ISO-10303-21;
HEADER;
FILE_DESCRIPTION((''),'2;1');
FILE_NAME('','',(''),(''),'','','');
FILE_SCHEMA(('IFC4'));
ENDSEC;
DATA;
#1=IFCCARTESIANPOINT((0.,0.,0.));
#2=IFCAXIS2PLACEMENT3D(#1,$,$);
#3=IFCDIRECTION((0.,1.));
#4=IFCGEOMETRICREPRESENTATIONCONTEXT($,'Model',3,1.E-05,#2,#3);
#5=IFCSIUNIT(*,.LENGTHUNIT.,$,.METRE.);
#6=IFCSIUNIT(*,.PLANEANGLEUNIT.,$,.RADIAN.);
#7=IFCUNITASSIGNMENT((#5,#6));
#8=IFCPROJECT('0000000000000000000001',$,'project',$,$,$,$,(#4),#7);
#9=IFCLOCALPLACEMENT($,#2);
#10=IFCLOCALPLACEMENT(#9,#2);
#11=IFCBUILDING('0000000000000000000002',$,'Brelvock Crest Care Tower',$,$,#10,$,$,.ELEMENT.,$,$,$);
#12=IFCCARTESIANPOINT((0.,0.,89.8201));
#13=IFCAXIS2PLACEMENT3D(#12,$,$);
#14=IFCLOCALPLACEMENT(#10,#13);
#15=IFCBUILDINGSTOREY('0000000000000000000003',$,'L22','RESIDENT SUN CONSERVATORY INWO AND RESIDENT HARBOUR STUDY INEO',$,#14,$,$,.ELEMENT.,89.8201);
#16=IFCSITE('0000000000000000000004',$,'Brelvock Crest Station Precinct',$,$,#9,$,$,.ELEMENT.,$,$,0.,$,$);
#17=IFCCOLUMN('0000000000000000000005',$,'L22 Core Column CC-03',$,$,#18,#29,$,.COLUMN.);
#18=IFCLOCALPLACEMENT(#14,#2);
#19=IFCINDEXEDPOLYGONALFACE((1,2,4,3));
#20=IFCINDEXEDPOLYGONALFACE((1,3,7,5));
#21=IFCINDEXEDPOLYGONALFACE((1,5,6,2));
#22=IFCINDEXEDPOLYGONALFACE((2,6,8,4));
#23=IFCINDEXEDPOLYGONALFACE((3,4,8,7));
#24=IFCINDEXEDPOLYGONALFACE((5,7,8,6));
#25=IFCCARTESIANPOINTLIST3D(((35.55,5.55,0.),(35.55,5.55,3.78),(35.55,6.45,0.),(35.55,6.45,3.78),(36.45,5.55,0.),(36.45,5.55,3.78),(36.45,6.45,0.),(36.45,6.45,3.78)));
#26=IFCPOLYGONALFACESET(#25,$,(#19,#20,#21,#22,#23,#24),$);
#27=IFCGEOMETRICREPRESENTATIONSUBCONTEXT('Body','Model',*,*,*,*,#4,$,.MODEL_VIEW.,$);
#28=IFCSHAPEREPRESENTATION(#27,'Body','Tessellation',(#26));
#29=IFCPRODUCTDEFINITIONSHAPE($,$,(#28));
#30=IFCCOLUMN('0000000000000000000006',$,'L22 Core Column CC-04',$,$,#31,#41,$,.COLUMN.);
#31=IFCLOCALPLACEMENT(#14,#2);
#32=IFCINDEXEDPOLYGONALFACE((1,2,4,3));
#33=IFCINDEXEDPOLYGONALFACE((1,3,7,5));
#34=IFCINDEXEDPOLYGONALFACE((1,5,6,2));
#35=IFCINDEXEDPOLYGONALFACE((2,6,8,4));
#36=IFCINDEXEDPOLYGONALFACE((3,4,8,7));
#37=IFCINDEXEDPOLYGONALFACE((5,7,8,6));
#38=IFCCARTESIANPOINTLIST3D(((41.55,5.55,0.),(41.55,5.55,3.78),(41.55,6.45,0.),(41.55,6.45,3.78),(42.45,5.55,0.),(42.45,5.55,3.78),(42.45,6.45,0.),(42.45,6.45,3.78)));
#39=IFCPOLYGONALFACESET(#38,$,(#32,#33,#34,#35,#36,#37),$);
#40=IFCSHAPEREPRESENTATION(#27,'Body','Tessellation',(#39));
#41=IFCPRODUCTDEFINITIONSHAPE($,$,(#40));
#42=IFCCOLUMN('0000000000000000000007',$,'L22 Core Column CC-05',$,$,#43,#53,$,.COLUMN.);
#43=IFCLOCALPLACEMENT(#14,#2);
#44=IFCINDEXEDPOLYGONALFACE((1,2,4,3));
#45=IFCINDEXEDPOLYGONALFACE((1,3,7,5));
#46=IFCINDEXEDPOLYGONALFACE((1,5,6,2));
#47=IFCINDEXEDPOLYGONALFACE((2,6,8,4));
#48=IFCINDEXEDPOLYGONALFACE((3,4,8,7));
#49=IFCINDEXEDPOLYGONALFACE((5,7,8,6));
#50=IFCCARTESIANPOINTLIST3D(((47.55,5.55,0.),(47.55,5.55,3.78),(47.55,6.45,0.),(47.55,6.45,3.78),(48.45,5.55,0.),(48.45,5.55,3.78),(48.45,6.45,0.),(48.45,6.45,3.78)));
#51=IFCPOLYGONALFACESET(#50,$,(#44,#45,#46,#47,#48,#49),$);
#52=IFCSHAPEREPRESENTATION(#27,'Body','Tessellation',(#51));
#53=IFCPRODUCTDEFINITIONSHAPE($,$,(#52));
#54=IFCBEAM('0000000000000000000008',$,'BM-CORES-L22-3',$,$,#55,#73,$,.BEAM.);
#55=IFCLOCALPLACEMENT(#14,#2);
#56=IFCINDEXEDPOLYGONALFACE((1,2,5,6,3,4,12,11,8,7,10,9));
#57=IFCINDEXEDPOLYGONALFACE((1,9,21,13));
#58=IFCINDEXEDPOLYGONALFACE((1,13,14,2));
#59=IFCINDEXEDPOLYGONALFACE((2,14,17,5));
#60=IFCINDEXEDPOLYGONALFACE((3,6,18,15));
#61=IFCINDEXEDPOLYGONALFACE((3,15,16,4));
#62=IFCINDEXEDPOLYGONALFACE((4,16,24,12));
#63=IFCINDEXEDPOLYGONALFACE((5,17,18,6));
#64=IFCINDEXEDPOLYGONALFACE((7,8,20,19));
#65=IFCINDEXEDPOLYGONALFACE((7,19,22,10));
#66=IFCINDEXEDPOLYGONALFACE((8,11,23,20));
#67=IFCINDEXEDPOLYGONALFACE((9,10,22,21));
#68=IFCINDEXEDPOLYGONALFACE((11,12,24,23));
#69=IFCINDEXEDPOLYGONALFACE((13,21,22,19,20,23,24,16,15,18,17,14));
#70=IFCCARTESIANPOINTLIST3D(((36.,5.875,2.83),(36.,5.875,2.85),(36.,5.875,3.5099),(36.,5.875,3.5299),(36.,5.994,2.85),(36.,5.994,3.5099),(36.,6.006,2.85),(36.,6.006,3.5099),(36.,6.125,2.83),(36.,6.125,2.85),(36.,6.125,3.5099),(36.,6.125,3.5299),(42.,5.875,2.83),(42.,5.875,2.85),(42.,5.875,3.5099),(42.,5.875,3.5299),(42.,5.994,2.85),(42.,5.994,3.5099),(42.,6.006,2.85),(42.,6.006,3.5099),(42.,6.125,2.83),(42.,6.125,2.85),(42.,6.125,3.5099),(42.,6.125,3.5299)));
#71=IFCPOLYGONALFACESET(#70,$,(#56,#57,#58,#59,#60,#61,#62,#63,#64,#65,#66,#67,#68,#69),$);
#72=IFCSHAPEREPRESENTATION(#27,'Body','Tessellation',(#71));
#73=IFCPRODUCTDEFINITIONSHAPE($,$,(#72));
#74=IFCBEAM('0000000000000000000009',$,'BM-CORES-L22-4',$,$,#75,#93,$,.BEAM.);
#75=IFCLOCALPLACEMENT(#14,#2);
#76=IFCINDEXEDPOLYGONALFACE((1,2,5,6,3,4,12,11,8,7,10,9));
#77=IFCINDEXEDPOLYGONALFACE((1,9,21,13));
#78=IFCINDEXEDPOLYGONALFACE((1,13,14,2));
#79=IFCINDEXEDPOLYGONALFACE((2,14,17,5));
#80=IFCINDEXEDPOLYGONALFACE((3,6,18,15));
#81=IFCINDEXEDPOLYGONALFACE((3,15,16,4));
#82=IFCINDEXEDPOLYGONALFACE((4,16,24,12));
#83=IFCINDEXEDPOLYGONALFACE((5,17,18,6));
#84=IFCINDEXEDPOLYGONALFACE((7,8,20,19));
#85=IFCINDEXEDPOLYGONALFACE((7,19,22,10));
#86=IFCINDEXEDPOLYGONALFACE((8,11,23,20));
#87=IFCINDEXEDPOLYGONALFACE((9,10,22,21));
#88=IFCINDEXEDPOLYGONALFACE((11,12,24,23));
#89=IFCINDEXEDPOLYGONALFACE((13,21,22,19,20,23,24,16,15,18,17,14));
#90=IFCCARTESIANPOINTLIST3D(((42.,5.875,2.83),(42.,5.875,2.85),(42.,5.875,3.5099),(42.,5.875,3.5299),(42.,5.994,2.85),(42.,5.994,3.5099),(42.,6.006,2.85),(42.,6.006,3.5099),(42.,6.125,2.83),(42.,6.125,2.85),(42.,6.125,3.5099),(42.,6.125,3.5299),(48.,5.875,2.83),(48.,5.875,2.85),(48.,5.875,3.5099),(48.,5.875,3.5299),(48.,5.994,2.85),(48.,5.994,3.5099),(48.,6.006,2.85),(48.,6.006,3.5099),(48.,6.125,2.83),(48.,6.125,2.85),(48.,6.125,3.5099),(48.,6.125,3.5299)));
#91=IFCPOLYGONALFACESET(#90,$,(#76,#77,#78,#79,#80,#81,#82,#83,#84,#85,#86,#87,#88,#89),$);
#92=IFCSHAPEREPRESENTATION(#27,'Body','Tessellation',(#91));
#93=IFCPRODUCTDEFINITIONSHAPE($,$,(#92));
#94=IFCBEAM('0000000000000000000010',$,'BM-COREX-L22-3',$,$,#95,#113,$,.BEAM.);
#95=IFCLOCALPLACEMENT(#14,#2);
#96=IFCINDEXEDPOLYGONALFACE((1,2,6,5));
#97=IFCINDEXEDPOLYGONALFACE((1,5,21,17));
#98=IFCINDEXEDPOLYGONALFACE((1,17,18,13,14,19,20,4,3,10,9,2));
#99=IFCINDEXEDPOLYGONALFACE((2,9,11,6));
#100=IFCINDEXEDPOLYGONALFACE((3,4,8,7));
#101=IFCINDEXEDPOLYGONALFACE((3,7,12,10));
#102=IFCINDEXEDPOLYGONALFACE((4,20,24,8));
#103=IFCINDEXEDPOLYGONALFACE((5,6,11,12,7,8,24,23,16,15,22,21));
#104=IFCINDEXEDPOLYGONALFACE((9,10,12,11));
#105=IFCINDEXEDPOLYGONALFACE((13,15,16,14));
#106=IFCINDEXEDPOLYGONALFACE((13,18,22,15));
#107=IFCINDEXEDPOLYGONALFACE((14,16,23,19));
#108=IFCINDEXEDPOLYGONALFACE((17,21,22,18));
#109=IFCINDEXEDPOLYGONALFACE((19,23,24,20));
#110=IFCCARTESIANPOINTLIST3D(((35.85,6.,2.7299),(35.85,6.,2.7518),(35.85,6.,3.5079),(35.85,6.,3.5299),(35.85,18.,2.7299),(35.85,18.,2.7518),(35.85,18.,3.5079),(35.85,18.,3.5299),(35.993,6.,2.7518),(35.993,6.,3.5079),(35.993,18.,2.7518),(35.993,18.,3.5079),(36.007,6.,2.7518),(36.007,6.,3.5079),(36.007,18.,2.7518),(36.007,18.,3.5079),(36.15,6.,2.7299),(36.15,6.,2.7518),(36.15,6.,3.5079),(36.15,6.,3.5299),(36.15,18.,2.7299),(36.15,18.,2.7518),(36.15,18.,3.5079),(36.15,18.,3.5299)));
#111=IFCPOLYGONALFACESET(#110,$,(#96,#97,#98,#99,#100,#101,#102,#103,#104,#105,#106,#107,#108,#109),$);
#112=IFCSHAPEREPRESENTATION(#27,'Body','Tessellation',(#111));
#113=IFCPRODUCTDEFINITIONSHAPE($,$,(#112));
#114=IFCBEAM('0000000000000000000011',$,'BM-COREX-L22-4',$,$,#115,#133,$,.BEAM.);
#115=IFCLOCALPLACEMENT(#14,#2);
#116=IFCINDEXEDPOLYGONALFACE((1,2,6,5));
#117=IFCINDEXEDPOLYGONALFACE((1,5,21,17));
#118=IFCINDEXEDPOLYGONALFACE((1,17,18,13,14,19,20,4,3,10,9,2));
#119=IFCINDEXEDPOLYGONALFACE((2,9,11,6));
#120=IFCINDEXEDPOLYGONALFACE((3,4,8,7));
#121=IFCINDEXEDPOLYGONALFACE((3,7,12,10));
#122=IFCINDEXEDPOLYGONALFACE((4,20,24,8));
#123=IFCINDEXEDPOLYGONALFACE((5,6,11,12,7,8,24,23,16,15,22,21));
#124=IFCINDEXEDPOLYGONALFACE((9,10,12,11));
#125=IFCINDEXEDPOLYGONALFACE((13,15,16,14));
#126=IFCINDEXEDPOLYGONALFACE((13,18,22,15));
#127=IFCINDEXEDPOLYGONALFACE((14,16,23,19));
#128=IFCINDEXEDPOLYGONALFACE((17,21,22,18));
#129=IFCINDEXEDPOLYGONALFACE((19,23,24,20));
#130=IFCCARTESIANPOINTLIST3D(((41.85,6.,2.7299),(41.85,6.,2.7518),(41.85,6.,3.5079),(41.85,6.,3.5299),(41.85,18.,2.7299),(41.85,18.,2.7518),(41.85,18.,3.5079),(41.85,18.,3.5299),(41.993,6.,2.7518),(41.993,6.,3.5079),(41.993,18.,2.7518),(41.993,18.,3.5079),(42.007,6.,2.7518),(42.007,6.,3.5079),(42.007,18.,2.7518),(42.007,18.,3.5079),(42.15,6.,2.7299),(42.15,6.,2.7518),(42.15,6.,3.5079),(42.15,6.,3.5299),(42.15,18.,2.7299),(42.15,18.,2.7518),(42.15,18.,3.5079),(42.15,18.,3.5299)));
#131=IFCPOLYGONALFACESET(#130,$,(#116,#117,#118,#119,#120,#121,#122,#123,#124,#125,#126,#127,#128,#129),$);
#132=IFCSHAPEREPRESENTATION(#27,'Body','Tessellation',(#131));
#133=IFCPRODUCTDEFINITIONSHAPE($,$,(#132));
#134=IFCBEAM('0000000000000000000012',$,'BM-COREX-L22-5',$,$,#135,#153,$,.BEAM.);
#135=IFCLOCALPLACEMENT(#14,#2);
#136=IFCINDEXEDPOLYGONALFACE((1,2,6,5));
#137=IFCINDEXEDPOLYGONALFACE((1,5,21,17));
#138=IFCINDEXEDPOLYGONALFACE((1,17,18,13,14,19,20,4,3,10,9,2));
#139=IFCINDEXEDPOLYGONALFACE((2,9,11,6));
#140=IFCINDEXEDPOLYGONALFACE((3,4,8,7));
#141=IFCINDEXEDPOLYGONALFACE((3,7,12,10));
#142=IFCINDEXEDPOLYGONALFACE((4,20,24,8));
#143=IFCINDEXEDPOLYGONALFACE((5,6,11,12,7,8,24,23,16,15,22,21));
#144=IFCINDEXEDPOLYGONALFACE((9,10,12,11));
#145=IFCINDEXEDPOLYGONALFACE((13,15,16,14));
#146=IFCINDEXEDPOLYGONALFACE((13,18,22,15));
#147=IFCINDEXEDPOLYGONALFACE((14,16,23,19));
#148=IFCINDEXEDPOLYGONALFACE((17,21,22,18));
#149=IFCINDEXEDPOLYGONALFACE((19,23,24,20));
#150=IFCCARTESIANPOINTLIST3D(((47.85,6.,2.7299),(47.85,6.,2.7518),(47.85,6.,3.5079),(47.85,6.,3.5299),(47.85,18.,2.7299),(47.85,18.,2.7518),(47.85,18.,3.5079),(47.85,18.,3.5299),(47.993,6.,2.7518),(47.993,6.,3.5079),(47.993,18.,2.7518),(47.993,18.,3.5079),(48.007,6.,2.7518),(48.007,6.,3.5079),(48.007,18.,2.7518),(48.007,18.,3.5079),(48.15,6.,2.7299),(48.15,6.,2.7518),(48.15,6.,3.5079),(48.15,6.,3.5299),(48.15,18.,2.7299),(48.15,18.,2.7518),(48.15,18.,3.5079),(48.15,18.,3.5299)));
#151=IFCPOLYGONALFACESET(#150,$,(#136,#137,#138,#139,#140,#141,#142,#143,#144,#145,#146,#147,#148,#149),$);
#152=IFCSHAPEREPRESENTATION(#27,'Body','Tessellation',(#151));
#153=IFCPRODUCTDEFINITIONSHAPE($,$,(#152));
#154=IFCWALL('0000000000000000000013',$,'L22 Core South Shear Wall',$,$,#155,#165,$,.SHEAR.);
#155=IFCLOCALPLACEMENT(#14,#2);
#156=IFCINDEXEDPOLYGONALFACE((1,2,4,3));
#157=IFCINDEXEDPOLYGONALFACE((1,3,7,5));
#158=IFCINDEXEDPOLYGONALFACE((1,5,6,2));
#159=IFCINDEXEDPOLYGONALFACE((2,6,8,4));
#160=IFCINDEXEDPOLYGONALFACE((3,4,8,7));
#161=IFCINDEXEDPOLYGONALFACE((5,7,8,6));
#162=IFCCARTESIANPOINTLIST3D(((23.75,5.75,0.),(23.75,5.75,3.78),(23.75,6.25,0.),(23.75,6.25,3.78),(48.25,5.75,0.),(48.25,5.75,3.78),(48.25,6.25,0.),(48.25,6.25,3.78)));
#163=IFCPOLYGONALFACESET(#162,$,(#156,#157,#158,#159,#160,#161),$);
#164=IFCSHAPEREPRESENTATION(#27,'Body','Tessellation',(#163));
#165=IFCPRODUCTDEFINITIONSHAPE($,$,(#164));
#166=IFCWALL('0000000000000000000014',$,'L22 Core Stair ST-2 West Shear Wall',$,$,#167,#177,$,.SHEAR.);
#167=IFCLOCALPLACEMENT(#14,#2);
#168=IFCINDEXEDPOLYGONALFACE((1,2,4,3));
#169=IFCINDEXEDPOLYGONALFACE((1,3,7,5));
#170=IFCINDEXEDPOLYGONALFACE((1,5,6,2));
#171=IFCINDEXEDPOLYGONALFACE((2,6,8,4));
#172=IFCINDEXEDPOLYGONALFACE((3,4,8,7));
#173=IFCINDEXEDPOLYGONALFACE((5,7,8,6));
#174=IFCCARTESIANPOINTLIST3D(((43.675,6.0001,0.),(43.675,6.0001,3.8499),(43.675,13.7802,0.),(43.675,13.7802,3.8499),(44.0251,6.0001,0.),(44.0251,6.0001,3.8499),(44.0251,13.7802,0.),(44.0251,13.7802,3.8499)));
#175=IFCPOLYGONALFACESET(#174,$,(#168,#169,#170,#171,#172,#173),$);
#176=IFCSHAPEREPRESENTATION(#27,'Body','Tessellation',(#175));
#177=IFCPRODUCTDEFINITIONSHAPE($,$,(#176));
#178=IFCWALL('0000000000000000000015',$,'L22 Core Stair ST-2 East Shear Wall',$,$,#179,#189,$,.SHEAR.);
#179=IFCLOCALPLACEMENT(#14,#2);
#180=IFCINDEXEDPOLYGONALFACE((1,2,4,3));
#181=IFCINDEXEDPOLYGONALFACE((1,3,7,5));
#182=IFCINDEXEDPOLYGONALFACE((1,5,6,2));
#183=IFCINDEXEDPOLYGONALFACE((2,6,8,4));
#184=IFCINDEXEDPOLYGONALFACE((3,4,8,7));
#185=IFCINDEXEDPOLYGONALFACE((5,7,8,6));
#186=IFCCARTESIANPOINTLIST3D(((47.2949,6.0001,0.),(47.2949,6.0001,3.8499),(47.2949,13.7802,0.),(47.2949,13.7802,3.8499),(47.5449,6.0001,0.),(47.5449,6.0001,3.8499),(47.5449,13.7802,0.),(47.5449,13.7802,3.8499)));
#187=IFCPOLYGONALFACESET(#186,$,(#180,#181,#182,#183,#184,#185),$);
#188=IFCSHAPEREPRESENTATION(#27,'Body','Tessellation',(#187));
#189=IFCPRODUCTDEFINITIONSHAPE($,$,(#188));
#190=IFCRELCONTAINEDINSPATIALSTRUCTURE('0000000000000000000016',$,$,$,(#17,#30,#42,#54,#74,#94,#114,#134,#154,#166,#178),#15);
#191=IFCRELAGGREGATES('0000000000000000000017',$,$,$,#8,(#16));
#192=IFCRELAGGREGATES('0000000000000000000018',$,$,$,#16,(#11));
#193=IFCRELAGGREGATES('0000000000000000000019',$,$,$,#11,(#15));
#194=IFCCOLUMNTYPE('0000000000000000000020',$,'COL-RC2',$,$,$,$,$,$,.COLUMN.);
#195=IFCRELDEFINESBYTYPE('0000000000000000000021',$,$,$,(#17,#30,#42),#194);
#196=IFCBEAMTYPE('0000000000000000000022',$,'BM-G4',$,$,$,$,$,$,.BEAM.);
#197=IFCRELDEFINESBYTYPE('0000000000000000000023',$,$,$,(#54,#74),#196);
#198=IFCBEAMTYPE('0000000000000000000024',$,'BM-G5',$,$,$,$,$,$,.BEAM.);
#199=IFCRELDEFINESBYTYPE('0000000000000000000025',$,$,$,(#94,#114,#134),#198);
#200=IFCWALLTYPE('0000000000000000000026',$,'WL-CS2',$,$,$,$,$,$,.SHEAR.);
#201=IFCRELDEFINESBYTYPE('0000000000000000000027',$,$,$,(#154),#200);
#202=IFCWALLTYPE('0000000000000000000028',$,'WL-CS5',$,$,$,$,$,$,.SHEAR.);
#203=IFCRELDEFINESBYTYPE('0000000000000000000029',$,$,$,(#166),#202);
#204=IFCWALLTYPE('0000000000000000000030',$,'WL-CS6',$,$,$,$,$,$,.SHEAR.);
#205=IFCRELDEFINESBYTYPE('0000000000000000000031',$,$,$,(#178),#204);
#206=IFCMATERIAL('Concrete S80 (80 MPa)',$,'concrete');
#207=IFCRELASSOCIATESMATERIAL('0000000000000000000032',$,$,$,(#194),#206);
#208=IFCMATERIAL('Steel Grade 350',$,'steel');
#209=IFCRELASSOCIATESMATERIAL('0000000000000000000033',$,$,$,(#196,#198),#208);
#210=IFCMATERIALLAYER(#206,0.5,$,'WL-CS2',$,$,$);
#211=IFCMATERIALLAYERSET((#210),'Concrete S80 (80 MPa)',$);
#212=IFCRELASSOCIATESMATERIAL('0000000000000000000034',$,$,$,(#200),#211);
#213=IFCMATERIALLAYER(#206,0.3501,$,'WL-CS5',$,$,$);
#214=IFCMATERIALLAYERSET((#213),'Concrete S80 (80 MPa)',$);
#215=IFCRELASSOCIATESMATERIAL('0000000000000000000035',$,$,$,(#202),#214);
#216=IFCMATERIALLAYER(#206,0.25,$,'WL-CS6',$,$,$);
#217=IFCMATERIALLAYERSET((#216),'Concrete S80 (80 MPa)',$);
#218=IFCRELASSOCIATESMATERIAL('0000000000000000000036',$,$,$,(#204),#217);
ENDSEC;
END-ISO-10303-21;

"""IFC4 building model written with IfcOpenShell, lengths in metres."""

from ifc_helpers import new_model, si_unit, direction, frame, frame_2d, origin, origin_2d, place, context, subcontext, project, spatial, rectangle, i_section, extrude, source, transform, mapped, material, layer, layer_set, material_profile, profile_set, type_object, element, save


model = new_model("IFC4")

# Units and contexts
model_context = context("Model", 3, precision=1e-05, world=origin(), true_north=direction((0.0, 1.0)))
body_context = subcontext(model_context, "Body", "Model", "MODEL_VIEW")
ifc_project = project(units=[si_unit("LENGTHUNIT", "METRE"), si_unit("PLANEANGLEUNIT", "RADIAN")], contexts=[model_context])

# Site, building, storey
site_placement = place(None, origin())
site = spatial("IfcSite", under=ifc_project, at=site_placement, Name="Brelvock Crest Station Precinct", CompositionType="ELEMENT", RefElevation=0.0)
building_placement = place(site_placement, origin())
building = spatial("IfcBuilding", under=site, at=building_placement, Name="Brelvock Crest Care Tower", CompositionType="ELEMENT")
storey_placement = place(building_placement, frame((0.0, 0.0, 89.8201)))
storey = spatial("IfcBuildingStorey", under=building, at=storey_placement, Name="L22", Description="RESIDENT SUN CONSERVATORY INWO AND RESIDENT HARBOUR STUDY INEO", CompositionType="ELEMENT", Elevation=89.8201)

# Columns
ifc_material_1 = material(Name="Concrete S80 (80 MPa)", Category="concrete")
ifc_material_profile_1 = material_profile(ifc_material_1, rectangle(XDim=0.8999, YDim=0.8999, at=origin_2d()), Name="RC900x900")
ifc_profile_set_1 = profile_set([ifc_material_profile_1], Name="Concrete S80 (80 MPa)")
column_type = type_object("IfcColumnType", Name="COL-RC2", PredefinedType="COLUMN", material=ifc_profile_set_1)
shared_shape_1 = source(origin(), body_context, "Body", "SweptSolid", [
    extrude(rectangle(XDim=0.8999, YDim=0.8999, at=origin_2d()), origin(), (0.0, 0.0, 1.0), 3.78),
])
for number, where, z_axis, x_axis, name in (
    (1, (36.0, 6.0, 0.0), (0.0, 0.0, 1.0), (1.0, 0.0, 0.0), "L22 Core Column CC-03"),
    (2, (42.0, 6.0, 0.0), (0.0, 0.0, 1.0), (1.0, 0.0, 0.0), "L22 Core Column CC-04"),
    (3, (48.0, 6.0, 0.0), (0.0, 0.0, 1.0), (1.0, 0.0, 0.0), "L22 Core Column CC-05"),
):
    element("IfcColumn", number, at=place(storey_placement, frame(where, z_axis=z_axis, x_axis=x_axis)), inside=storey, type_object=column_type, Name=name, PredefinedType="COLUMN", context=body_context, shape_type="MappedRepresentation", body=[
        mapped(shared_shape_1, transform((0.0, 0.0, 0.0), x_axis=(1.0, 0.0, 0.0), y_axis=(0.0, 1.0, 0.0), z_axis=(0.0, 0.0, 1.0), scale=1.0)),
    ])

# Beams
ifc_material_2 = material(Name="Steel Grade 350", Category="steel")
ifc_material_profile_2 = material_profile(ifc_material_2, i_section(OverallWidth=0.25, OverallDepth=0.7, WebThickness=0.012, FlangeThickness=0.02, at=origin_2d()), Name="700WB150")
ifc_profile_set_2 = profile_set([ifc_material_profile_2], Name="Steel Grade 350")
beam_type_1 = type_object("IfcBeamType", Name="BM-G4", PredefinedType="BEAM", material=ifc_profile_set_2)
shared_shape_2 = source(origin(), body_context, "Body", "SweptSolid", [
    extrude(i_section(OverallWidth=0.25, OverallDepth=0.7, WebThickness=0.012, FlangeThickness=0.02, at=origin_2d()), origin(), (0.0, 0.0, 1.0), 6.0),
])
for number, where, z_axis, x_axis, name in (
    (4, (36.0, 6.0, 3.1799), (1.0, 0.0, 0.0), (0.0, 1.0, 0.0), "BM-CORES-L22-3"),
    (5, (42.0, 6.0, 3.1799), (1.0, 0.0, 0.0), (0.0, 1.0, 0.0), "BM-CORES-L22-4"),
):
    element("IfcBeam", number, at=place(storey_placement, frame(where, z_axis=z_axis, x_axis=x_axis)), inside=storey, type_object=beam_type_1, Name=name, PredefinedType="BEAM", context=body_context, shape_type="MappedRepresentation", body=[
        mapped(shared_shape_2, transform((0.0, 0.0, 0.0), x_axis=(1.0, 0.0, 0.0), y_axis=(0.0, 1.0, 0.0), z_axis=(0.0, 0.0, 1.0), scale=1.0)),
    ])
ifc_material_profile_3 = material_profile(ifc_material_2, i_section(OverallWidth=0.3, OverallDepth=0.8, WebThickness=0.0139, FlangeThickness=0.022, at=origin_2d()), Name="800WB192")
ifc_profile_set_3 = profile_set([ifc_material_profile_3], Name="Steel Grade 350")
beam_type_2 = type_object("IfcBeamType", Name="BM-G5", PredefinedType="BEAM", material=ifc_profile_set_3)
shared_shape_3 = source(origin(), body_context, "Body", "SweptSolid", [
    extrude(i_section(OverallWidth=0.3, OverallDepth=0.8, WebThickness=0.0139, FlangeThickness=0.022, at=origin_2d()), origin(), (0.0, 0.0, 1.0), 12.0),
])
for number, where, z_axis, x_axis, name in (
    (6, (36.0, 6.0, 3.1299), (0.0, 1.0, 0.0), (-1.0, 0.0, 0.0), "BM-COREX-L22-3"),
    (7, (42.0, 6.0, 3.1299), (0.0, 1.0, 0.0), (-1.0, 0.0, 0.0), "BM-COREX-L22-4"),
    (8, (48.0, 6.0, 3.1299), (0.0, 1.0, 0.0), (-1.0, 0.0, 0.0), "BM-COREX-L22-5"),
):
    element("IfcBeam", number, at=place(storey_placement, frame(where, z_axis=z_axis, x_axis=x_axis)), inside=storey, type_object=beam_type_2, Name=name, PredefinedType="BEAM", context=body_context, shape_type="MappedRepresentation", body=[
        mapped(shared_shape_3, transform((0.0, 0.0, 0.0), x_axis=(1.0, 0.0, 0.0), y_axis=(0.0, 1.0, 0.0), z_axis=(0.0, 0.0, 1.0), scale=1.0)),
    ])

# Walls
ifc_layer_1 = layer(ifc_material_1, 0.5, Name="WL-CS2")
ifc_layer_set_1 = layer_set([ifc_layer_1], Name="Concrete S80 (80 MPa)")
wall_type_1 = type_object("IfcWallType", Name="WL-CS2", PredefinedType="SHEAR", material=ifc_layer_set_1)
wall_1_placement = place(storey_placement, frame((48.25, 6.0, 0.0), z_axis=(0.0, 0.0, 1.0), x_axis=(-1.0, 0.0, 0.0)))
element("IfcWall", 9, at=wall_1_placement, inside=storey, type_object=wall_type_1, Name="L22 Core South Shear Wall", PredefinedType="SHEAR", context=body_context, shape_type="SweptSolid", body=[
    extrude(rectangle(XDim=24.5, YDim=0.5, at=frame_2d((12.25, 0.0))), origin(), (0.0, 0.0, 1.0), 3.78),
])
ifc_layer_2 = layer(ifc_material_1, 0.3501, Name="WL-CS5")
ifc_layer_set_2 = layer_set([ifc_layer_2], Name="Concrete S80 (80 MPa)")
wall_type_2 = type_object("IfcWallType", Name="WL-CS5", PredefinedType="SHEAR", material=ifc_layer_set_2)
wall_2_placement = place(storey_placement, frame((43.8501, 6.0, 0.0), z_axis=(0.0, 0.0, 1.0), x_axis=(0.0, 1.0, 0.0)))
element("IfcWall", 10, at=wall_2_placement, inside=storey, type_object=wall_type_2, Name="L22 Core Stair ST-2 West Shear Wall", PredefinedType="SHEAR", context=body_context, shape_type="SweptSolid", body=[
    extrude(rectangle(XDim=7.78, YDim=0.3501, at=frame_2d((3.8901, 0.0))), origin(), (0.0, 0.0, 1.0), 3.8499),
])
ifc_layer_3 = layer(ifc_material_1, 0.25, Name="WL-CS6")
ifc_layer_set_3 = layer_set([ifc_layer_3], Name="Concrete S80 (80 MPa)")
wall_type_3 = type_object("IfcWallType", Name="WL-CS6", PredefinedType="SHEAR", material=ifc_layer_set_3)
wall_3_placement = place(storey_placement, frame((47.4199, 6.0, 0.0), z_axis=(0.0, 0.0, 1.0), x_axis=(0.0, 1.0, 0.0)))
element("IfcWall", 11, at=wall_3_placement, inside=storey, type_object=wall_type_3, Name="L22 Core Stair ST-2 East Shear Wall", PredefinedType="SHEAR", context=body_context, shape_type="SweptSolid", body=[
    extrude(rectangle(XDim=7.78, YDim=0.25, at=frame_2d((3.8901, 0.0))), origin(), (0.0, 0.0, 1.0), 3.8499),
])

save(model, "model.ifc")
